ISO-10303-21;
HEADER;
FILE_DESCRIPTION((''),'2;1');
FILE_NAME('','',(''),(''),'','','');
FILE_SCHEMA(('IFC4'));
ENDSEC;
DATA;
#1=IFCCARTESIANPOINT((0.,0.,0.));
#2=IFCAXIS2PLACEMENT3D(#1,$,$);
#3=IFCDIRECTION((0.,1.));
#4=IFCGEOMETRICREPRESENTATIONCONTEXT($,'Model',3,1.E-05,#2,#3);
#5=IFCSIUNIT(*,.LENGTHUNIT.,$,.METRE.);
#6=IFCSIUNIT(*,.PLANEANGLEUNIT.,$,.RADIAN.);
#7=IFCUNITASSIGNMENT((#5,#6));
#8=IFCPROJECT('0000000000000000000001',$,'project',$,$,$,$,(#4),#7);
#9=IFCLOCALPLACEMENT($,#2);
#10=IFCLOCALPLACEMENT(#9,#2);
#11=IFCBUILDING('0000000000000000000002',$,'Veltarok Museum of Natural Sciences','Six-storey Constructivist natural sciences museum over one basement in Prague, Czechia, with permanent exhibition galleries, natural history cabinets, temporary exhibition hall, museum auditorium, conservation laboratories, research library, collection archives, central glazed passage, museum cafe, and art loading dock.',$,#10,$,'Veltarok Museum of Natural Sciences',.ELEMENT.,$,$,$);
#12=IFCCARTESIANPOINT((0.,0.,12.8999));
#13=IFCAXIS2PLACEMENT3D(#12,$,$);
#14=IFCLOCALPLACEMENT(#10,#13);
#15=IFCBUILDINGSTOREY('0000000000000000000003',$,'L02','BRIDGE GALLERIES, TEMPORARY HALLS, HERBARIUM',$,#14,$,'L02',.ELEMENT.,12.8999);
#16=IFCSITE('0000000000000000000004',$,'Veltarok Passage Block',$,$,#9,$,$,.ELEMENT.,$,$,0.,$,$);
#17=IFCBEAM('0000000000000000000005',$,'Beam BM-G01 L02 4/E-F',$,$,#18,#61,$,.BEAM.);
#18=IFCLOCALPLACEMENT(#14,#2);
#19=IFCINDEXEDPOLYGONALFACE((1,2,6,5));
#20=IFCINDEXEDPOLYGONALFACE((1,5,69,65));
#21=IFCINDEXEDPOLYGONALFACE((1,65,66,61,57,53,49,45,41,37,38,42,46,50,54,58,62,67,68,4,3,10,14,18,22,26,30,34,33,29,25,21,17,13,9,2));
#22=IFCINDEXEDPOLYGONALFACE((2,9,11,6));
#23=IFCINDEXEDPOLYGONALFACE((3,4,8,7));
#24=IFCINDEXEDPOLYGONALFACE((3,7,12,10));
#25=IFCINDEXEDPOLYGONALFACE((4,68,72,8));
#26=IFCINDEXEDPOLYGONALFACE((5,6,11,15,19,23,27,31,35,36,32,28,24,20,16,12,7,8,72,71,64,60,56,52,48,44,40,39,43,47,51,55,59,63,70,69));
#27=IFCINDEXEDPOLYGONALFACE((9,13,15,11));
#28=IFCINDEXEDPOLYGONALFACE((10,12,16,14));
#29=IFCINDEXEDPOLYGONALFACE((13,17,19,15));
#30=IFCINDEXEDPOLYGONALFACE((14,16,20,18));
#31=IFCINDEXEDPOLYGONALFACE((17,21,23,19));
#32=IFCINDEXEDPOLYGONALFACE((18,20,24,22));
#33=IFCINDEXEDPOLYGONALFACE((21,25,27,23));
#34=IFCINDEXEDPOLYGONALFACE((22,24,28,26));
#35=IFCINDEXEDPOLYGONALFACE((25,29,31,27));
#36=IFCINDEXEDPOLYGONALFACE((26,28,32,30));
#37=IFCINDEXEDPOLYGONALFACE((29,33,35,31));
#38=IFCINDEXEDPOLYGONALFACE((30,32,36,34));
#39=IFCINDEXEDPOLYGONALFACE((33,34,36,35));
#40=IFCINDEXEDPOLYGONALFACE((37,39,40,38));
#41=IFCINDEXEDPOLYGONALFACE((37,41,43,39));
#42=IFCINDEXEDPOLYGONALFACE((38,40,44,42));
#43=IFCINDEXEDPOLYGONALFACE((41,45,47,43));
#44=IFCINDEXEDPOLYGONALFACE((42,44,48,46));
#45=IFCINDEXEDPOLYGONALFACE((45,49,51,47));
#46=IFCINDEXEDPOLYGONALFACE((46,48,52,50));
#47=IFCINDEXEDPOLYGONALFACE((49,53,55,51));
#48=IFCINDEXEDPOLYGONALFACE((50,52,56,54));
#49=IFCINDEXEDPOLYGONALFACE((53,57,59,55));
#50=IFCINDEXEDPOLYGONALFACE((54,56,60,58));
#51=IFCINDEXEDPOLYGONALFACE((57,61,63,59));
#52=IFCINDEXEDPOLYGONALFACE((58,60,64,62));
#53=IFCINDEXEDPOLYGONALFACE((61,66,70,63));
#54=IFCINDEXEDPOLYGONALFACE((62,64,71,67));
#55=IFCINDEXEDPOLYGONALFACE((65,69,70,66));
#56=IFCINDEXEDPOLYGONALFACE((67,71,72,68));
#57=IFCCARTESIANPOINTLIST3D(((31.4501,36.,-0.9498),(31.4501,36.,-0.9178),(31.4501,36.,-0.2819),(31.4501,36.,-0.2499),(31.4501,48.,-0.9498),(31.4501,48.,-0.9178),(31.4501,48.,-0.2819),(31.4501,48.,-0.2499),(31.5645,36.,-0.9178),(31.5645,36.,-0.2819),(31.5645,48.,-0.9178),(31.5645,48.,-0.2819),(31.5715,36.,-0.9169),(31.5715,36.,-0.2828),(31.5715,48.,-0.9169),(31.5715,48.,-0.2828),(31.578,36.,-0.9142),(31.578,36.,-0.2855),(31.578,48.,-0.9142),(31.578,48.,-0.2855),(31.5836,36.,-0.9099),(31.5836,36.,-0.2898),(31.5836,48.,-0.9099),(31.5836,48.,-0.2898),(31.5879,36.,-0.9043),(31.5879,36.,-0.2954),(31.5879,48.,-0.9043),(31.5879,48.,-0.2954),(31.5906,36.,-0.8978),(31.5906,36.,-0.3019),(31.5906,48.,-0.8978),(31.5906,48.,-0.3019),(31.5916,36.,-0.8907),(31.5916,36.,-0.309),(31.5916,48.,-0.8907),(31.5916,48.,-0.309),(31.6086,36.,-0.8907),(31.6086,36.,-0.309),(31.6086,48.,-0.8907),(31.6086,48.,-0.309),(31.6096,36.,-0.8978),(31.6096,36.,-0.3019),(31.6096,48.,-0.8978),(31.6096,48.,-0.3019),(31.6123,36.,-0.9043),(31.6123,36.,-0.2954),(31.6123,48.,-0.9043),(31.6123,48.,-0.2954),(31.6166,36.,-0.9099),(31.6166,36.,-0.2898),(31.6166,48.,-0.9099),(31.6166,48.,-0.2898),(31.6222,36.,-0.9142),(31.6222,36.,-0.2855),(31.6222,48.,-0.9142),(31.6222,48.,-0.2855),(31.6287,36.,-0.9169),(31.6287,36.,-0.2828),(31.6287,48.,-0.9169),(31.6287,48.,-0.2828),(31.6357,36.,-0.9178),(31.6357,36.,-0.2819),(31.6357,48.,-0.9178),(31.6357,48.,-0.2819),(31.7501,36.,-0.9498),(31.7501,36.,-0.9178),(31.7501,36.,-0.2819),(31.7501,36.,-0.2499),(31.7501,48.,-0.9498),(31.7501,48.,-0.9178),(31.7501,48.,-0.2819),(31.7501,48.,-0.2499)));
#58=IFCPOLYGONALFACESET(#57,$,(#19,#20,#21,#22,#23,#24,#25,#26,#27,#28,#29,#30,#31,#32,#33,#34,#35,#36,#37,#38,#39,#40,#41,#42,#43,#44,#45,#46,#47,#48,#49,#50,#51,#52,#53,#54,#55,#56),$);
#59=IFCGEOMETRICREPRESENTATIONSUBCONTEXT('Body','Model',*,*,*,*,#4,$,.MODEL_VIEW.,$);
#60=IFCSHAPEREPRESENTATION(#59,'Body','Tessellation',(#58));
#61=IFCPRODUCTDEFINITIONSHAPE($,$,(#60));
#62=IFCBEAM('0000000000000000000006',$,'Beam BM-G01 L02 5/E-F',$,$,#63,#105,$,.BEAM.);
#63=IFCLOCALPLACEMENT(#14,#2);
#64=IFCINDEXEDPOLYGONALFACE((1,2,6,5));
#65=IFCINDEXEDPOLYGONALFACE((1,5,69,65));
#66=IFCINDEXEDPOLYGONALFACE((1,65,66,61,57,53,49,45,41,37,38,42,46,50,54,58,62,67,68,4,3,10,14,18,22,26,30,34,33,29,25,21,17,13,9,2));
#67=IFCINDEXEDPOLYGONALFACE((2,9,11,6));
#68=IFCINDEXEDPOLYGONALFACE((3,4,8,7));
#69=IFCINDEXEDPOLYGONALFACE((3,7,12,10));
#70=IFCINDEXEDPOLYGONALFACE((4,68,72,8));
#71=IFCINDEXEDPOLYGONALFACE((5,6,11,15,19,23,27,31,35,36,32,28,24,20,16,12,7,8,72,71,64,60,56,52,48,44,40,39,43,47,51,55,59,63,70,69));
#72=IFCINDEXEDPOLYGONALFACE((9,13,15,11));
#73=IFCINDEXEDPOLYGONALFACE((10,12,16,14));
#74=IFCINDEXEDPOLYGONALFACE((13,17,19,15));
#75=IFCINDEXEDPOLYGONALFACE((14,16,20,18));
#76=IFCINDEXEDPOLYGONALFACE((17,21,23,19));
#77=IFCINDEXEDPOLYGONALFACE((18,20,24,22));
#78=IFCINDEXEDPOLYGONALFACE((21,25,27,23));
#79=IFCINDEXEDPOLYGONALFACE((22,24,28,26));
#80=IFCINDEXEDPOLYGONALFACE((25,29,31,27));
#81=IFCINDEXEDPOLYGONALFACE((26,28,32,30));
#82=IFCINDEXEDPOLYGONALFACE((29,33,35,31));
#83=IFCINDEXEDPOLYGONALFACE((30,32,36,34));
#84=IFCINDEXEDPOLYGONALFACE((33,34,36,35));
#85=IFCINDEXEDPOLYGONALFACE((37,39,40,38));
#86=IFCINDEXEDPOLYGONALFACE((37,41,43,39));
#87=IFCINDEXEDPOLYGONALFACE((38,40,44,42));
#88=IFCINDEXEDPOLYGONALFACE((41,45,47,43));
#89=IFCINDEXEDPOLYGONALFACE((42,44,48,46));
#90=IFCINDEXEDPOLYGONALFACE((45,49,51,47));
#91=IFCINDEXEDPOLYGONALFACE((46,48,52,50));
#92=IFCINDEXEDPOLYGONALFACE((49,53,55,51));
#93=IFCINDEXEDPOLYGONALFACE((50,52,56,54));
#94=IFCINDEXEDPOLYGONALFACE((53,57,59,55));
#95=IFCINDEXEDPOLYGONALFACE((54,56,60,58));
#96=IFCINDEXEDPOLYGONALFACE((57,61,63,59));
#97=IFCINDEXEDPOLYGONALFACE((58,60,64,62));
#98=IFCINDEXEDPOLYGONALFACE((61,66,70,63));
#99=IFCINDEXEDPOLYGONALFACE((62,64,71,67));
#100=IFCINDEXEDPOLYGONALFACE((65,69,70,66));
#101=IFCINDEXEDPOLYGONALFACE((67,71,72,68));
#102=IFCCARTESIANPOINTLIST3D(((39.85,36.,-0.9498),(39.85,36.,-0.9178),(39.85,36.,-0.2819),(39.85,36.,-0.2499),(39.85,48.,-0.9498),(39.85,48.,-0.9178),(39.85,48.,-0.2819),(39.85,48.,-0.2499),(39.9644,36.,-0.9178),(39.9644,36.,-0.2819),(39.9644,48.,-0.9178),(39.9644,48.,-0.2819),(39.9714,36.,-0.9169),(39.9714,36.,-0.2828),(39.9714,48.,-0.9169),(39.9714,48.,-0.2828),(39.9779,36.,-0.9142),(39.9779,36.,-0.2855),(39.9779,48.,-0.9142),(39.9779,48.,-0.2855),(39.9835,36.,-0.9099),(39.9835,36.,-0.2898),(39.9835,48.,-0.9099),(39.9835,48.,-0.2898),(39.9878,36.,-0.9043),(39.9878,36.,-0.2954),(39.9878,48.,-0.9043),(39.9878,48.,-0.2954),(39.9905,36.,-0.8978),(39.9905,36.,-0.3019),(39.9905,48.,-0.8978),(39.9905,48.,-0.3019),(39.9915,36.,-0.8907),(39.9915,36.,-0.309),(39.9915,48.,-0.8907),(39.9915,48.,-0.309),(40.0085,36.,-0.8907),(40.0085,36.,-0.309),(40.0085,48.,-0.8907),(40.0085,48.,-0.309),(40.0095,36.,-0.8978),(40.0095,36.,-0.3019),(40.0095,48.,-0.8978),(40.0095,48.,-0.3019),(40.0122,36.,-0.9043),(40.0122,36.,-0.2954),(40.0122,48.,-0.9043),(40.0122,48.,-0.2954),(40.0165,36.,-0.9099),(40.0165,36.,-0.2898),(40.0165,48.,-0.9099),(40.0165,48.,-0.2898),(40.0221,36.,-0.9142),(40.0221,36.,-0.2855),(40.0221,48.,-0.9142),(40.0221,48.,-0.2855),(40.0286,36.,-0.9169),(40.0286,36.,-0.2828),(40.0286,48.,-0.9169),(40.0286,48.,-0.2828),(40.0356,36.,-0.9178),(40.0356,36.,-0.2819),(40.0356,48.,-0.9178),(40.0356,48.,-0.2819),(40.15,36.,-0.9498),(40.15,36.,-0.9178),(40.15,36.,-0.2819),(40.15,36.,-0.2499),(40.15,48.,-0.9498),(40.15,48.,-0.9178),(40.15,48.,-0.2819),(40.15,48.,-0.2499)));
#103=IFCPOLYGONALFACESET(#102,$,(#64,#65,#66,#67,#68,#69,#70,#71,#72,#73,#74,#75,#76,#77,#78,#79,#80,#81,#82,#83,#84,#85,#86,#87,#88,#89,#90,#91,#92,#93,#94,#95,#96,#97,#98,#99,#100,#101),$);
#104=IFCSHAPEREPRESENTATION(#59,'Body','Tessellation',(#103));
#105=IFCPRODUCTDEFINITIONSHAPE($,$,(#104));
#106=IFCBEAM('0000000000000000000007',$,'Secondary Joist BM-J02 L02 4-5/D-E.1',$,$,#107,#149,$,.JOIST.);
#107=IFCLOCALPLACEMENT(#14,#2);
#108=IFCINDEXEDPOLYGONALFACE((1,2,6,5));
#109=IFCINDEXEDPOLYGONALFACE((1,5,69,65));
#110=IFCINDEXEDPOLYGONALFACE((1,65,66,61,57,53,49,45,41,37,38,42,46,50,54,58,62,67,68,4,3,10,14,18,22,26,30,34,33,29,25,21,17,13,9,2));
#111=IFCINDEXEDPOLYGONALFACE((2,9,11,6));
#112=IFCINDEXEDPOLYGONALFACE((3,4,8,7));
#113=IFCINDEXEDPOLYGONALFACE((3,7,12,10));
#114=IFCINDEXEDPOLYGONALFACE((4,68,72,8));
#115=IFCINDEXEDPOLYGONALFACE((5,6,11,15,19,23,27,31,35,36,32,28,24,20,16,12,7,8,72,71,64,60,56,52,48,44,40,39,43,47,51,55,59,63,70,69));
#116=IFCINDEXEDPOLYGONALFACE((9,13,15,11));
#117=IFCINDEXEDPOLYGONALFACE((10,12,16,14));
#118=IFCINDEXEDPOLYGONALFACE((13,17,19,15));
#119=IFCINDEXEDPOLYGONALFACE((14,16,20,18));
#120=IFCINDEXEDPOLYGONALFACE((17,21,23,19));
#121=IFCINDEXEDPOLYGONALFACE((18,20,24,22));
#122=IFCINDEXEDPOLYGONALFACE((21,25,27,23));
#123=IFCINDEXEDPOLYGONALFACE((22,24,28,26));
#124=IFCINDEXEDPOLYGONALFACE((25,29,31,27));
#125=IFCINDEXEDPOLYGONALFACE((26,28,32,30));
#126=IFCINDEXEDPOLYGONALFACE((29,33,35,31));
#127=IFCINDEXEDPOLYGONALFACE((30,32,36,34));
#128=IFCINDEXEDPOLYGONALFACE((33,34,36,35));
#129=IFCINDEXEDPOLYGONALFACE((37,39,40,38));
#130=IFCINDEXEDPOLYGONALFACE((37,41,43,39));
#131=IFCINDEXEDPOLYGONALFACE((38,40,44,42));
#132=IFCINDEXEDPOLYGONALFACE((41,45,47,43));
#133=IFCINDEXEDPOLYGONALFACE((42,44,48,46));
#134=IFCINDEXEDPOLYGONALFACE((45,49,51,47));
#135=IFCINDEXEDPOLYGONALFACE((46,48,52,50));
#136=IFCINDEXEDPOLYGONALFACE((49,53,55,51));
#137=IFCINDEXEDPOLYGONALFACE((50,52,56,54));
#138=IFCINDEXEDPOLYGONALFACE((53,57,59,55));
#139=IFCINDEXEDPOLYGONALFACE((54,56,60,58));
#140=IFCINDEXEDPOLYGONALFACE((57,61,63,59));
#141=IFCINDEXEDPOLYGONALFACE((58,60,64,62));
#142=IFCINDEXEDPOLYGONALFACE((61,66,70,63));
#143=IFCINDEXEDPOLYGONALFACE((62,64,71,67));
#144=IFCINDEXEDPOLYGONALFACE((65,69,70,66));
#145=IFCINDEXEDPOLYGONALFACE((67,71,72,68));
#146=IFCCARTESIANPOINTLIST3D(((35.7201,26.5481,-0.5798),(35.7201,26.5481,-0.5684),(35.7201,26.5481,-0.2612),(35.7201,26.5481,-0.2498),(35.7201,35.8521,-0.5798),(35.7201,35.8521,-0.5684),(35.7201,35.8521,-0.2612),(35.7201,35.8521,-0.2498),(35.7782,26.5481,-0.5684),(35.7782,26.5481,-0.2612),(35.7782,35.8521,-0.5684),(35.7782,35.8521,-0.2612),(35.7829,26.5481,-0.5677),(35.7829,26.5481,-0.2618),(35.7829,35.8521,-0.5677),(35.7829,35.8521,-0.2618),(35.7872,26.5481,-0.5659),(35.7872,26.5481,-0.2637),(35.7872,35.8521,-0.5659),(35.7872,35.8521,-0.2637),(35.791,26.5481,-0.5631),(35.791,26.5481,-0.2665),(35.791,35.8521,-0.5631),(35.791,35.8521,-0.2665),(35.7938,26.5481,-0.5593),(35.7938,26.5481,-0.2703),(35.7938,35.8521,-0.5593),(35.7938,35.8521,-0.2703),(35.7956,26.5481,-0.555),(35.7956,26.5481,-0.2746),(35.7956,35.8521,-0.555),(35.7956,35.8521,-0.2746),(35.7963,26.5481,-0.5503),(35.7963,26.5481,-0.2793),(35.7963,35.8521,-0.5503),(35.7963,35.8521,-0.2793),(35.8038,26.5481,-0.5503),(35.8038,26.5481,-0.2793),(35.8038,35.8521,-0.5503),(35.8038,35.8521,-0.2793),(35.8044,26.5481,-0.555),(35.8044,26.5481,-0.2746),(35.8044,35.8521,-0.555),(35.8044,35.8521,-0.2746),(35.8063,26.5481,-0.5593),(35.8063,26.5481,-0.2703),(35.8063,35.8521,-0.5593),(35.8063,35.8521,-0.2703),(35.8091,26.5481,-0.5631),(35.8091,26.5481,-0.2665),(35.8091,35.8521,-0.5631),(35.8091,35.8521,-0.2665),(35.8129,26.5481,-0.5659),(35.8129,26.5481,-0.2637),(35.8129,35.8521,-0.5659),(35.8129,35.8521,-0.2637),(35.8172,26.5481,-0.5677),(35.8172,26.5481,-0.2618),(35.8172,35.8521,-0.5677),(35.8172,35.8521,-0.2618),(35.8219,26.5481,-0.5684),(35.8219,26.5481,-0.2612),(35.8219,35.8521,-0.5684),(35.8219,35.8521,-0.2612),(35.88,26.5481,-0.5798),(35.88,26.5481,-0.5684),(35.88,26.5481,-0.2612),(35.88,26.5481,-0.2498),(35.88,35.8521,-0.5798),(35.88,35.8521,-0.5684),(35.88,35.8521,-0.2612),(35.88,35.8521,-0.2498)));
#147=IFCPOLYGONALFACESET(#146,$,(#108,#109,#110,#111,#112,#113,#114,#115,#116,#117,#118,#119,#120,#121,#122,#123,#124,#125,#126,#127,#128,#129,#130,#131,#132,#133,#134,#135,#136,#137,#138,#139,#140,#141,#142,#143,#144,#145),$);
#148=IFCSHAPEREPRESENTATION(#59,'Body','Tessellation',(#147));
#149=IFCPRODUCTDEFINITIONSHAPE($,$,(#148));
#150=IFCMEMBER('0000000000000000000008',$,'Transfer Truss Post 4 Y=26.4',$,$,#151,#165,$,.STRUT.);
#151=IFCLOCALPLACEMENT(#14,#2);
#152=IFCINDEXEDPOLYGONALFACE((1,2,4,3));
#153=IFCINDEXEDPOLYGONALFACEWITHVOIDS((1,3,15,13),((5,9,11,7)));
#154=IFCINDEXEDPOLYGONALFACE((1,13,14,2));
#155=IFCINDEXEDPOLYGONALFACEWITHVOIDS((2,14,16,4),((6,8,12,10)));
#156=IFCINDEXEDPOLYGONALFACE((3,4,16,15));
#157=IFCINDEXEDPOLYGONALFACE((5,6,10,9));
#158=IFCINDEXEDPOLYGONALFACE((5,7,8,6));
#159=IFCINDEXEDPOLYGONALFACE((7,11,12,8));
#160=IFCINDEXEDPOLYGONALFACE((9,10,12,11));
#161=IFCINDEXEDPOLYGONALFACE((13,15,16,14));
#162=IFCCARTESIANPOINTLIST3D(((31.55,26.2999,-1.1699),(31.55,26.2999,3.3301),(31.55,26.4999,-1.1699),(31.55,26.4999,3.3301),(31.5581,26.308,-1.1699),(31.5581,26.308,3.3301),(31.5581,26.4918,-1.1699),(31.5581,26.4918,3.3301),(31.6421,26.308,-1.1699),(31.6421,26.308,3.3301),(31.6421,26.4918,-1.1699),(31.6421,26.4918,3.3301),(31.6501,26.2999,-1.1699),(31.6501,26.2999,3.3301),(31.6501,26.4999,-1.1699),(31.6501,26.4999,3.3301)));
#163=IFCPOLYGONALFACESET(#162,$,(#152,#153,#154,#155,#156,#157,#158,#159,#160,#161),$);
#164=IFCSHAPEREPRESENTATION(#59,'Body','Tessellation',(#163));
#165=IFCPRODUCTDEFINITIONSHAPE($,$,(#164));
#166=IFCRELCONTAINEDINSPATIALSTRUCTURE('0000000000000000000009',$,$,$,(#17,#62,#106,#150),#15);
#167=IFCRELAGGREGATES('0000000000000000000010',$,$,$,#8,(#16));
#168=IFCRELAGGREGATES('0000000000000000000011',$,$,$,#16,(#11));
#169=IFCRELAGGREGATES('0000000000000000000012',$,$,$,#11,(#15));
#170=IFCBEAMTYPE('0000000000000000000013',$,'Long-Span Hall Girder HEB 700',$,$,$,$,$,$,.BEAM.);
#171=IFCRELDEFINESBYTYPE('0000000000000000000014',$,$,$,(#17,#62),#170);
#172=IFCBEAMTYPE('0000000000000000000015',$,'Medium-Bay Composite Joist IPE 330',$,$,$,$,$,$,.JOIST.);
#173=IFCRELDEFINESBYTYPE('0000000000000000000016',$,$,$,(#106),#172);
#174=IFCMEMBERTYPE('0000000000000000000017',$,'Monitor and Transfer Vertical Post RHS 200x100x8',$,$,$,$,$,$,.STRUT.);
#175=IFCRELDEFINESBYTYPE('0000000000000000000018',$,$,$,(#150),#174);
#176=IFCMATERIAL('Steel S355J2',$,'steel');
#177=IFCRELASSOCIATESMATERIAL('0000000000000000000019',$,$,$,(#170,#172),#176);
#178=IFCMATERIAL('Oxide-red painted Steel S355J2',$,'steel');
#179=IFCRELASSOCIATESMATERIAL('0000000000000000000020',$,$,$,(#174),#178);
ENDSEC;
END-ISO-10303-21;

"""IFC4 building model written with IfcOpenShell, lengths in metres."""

from ifc_helpers import new_model, si_unit, direction, frame, origin, origin_2d, place, context, subcontext, project, spatial, hollow_rectangle, i_section, extrude, material, material_profile, profile_set, type_object, element, save


model = new_model("IFC4")

# Units and contexts
model_context = context("Model", 3, precision=1e-05, world=origin(), true_north=direction((0.0, 1.0)))
body_context = subcontext(model_context, "Body", "Model", "MODEL_VIEW")
ifc_project = project(units=[si_unit("LENGTHUNIT", "METRE"), si_unit("PLANEANGLEUNIT", "RADIAN")], contexts=[model_context])

# Site, building, storey
site_placement = place(None, origin())
site = spatial("IfcSite", under=ifc_project, at=site_placement, Name="Veltarok Passage Block", CompositionType="ELEMENT", RefElevation=0.0)
building_placement = place(site_placement, origin())
building = spatial("IfcBuilding", under=site, at=building_placement, Name="Veltarok Museum of Natural Sciences", Description="Six-storey Constructivist natural sciences museum over one basement in Prague, Czechia, with permanent exhibition galleries, natural history cabinets, temporary exhibition hall, museum auditorium, conservation laboratories, research library, collection archives, central glazed passage, museum cafe, and art loading dock.", LongName="Veltarok Museum of Natural Sciences", CompositionType="ELEMENT")
storey_placement = place(building_placement, frame((0.0, 0.0, 12.8999)))
storey = spatial("IfcBuildingStorey", under=building, at=storey_placement, Name="L02", Description="BRIDGE GALLERIES, TEMPORARY HALLS, HERBARIUM", LongName="L02", CompositionType="ELEMENT", Elevation=12.8999)

# Shared definitions
ifc_material_1 = material(Name="Steel S355J2", Category="steel")

# Beams
ifc_material_profile_1 = material_profile(ifc_material_1, i_section(OverallWidth=0.3, OverallDepth=0.7, WebThickness=0.0171, FlangeThickness=0.032, FilletRadius=0.0271, at=origin_2d()), Name="HEB 700")
ifc_profile_set_1 = profile_set([ifc_material_profile_1], Name="Steel S355J2")
beam_type_1 = type_object("IfcBeamType", Name="Long-Span Hall Girder HEB 700", PredefinedType="BEAM", material=ifc_profile_set_1)
for number, where, z_axis, x_axis, name in (
    (1, (31.6001, 36.0, -0.5999), (0.0, 1.0, 0.0), (-1.0, 0.0, 0.0), "Beam BM-G01 L02 4/E-F"),
    (2, (40.0, 36.0, -0.5999), (0.0, 1.0, 0.0), (-1.0, 0.0, 0.0), "Beam BM-G01 L02 5/E-F"),
):
    element("IfcBeam", number, at=place(storey_placement, frame(where, z_axis=z_axis, x_axis=x_axis)), inside=storey, type_object=beam_type_1, Name=name, PredefinedType="BEAM", context=body_context, shape_type="SweptSolid", body=[
        extrude(i_section(OverallWidth=0.3, OverallDepth=0.7, WebThickness=0.0171, FlangeThickness=0.032, FilletRadius=0.0271, at=origin_2d()), origin(), (0.0, 0.0, 1.0), 12.0),
    ])
ifc_material_profile_2 = material_profile(ifc_material_1, i_section(OverallWidth=0.1599, OverallDepth=0.3301, WebThickness=0.0076, FlangeThickness=0.0115, FilletRadius=0.0181, at=origin_2d()), Name="IPE 330")
ifc_profile_set_2 = profile_set([ifc_material_profile_2], Name="Steel S355J2")
beam_type_2 = type_object("IfcBeamType", Name="Medium-Bay Composite Joist IPE 330", PredefinedType="JOIST", material=ifc_profile_set_2)
beam_1_placement = place(storey_placement, frame((35.8, 26.5481, -0.4148), z_axis=(0.0, 1.0, 0.0), x_axis=(-1.0, 0.0, 0.0)))
element("IfcBeam", 3, at=beam_1_placement, inside=storey, type_object=beam_type_2, Name="Secondary Joist BM-J02 L02 4-5/D-E.1", PredefinedType="JOIST", context=body_context, shape_type="SweptSolid", body=[
    extrude(i_section(OverallWidth=0.1599, OverallDepth=0.3301, WebThickness=0.0076, FlangeThickness=0.0115, FilletRadius=0.0181, at=origin_2d()), origin(), (0.0, 0.0, 1.0), 9.304),
])

# Member
ifc_material_2 = material(Name="Oxide-red painted Steel S355J2", Category="steel")
ifc_material_profile_3 = material_profile(ifc_material_2, hollow_rectangle(XDim=0.1001, YDim=0.2, WallThickness=0.0081, at=origin_2d()), Name="RHS 200x100x8")
ifc_profile_set_3 = profile_set([ifc_material_profile_3], Name="Oxide-red painted Steel S355J2")
member_type_1 = type_object("IfcMemberType", Name="Monitor and Transfer Vertical Post RHS 200x100x8", PredefinedType="STRUT", material=ifc_profile_set_3)
member_1_placement = place(storey_placement, frame((31.6001, 26.3999, -1.1699), z_axis=(0.0, 0.0, 1.0), x_axis=(1.0, 0.0, 0.0)))
element("IfcMember", 4, at=member_1_placement, inside=storey, type_object=member_type_1, Name="Transfer Truss Post 4 Y=26.4", PredefinedType="STRUT", context=body_context, shape_type="SweptSolid", body=[
    extrude(hollow_rectangle(XDim=0.1001, YDim=0.2, WallThickness=0.0081, at=origin_2d()), origin(), (0.0, 0.0, 1.0), 4.5),
])

save(model, "model.ifc")
